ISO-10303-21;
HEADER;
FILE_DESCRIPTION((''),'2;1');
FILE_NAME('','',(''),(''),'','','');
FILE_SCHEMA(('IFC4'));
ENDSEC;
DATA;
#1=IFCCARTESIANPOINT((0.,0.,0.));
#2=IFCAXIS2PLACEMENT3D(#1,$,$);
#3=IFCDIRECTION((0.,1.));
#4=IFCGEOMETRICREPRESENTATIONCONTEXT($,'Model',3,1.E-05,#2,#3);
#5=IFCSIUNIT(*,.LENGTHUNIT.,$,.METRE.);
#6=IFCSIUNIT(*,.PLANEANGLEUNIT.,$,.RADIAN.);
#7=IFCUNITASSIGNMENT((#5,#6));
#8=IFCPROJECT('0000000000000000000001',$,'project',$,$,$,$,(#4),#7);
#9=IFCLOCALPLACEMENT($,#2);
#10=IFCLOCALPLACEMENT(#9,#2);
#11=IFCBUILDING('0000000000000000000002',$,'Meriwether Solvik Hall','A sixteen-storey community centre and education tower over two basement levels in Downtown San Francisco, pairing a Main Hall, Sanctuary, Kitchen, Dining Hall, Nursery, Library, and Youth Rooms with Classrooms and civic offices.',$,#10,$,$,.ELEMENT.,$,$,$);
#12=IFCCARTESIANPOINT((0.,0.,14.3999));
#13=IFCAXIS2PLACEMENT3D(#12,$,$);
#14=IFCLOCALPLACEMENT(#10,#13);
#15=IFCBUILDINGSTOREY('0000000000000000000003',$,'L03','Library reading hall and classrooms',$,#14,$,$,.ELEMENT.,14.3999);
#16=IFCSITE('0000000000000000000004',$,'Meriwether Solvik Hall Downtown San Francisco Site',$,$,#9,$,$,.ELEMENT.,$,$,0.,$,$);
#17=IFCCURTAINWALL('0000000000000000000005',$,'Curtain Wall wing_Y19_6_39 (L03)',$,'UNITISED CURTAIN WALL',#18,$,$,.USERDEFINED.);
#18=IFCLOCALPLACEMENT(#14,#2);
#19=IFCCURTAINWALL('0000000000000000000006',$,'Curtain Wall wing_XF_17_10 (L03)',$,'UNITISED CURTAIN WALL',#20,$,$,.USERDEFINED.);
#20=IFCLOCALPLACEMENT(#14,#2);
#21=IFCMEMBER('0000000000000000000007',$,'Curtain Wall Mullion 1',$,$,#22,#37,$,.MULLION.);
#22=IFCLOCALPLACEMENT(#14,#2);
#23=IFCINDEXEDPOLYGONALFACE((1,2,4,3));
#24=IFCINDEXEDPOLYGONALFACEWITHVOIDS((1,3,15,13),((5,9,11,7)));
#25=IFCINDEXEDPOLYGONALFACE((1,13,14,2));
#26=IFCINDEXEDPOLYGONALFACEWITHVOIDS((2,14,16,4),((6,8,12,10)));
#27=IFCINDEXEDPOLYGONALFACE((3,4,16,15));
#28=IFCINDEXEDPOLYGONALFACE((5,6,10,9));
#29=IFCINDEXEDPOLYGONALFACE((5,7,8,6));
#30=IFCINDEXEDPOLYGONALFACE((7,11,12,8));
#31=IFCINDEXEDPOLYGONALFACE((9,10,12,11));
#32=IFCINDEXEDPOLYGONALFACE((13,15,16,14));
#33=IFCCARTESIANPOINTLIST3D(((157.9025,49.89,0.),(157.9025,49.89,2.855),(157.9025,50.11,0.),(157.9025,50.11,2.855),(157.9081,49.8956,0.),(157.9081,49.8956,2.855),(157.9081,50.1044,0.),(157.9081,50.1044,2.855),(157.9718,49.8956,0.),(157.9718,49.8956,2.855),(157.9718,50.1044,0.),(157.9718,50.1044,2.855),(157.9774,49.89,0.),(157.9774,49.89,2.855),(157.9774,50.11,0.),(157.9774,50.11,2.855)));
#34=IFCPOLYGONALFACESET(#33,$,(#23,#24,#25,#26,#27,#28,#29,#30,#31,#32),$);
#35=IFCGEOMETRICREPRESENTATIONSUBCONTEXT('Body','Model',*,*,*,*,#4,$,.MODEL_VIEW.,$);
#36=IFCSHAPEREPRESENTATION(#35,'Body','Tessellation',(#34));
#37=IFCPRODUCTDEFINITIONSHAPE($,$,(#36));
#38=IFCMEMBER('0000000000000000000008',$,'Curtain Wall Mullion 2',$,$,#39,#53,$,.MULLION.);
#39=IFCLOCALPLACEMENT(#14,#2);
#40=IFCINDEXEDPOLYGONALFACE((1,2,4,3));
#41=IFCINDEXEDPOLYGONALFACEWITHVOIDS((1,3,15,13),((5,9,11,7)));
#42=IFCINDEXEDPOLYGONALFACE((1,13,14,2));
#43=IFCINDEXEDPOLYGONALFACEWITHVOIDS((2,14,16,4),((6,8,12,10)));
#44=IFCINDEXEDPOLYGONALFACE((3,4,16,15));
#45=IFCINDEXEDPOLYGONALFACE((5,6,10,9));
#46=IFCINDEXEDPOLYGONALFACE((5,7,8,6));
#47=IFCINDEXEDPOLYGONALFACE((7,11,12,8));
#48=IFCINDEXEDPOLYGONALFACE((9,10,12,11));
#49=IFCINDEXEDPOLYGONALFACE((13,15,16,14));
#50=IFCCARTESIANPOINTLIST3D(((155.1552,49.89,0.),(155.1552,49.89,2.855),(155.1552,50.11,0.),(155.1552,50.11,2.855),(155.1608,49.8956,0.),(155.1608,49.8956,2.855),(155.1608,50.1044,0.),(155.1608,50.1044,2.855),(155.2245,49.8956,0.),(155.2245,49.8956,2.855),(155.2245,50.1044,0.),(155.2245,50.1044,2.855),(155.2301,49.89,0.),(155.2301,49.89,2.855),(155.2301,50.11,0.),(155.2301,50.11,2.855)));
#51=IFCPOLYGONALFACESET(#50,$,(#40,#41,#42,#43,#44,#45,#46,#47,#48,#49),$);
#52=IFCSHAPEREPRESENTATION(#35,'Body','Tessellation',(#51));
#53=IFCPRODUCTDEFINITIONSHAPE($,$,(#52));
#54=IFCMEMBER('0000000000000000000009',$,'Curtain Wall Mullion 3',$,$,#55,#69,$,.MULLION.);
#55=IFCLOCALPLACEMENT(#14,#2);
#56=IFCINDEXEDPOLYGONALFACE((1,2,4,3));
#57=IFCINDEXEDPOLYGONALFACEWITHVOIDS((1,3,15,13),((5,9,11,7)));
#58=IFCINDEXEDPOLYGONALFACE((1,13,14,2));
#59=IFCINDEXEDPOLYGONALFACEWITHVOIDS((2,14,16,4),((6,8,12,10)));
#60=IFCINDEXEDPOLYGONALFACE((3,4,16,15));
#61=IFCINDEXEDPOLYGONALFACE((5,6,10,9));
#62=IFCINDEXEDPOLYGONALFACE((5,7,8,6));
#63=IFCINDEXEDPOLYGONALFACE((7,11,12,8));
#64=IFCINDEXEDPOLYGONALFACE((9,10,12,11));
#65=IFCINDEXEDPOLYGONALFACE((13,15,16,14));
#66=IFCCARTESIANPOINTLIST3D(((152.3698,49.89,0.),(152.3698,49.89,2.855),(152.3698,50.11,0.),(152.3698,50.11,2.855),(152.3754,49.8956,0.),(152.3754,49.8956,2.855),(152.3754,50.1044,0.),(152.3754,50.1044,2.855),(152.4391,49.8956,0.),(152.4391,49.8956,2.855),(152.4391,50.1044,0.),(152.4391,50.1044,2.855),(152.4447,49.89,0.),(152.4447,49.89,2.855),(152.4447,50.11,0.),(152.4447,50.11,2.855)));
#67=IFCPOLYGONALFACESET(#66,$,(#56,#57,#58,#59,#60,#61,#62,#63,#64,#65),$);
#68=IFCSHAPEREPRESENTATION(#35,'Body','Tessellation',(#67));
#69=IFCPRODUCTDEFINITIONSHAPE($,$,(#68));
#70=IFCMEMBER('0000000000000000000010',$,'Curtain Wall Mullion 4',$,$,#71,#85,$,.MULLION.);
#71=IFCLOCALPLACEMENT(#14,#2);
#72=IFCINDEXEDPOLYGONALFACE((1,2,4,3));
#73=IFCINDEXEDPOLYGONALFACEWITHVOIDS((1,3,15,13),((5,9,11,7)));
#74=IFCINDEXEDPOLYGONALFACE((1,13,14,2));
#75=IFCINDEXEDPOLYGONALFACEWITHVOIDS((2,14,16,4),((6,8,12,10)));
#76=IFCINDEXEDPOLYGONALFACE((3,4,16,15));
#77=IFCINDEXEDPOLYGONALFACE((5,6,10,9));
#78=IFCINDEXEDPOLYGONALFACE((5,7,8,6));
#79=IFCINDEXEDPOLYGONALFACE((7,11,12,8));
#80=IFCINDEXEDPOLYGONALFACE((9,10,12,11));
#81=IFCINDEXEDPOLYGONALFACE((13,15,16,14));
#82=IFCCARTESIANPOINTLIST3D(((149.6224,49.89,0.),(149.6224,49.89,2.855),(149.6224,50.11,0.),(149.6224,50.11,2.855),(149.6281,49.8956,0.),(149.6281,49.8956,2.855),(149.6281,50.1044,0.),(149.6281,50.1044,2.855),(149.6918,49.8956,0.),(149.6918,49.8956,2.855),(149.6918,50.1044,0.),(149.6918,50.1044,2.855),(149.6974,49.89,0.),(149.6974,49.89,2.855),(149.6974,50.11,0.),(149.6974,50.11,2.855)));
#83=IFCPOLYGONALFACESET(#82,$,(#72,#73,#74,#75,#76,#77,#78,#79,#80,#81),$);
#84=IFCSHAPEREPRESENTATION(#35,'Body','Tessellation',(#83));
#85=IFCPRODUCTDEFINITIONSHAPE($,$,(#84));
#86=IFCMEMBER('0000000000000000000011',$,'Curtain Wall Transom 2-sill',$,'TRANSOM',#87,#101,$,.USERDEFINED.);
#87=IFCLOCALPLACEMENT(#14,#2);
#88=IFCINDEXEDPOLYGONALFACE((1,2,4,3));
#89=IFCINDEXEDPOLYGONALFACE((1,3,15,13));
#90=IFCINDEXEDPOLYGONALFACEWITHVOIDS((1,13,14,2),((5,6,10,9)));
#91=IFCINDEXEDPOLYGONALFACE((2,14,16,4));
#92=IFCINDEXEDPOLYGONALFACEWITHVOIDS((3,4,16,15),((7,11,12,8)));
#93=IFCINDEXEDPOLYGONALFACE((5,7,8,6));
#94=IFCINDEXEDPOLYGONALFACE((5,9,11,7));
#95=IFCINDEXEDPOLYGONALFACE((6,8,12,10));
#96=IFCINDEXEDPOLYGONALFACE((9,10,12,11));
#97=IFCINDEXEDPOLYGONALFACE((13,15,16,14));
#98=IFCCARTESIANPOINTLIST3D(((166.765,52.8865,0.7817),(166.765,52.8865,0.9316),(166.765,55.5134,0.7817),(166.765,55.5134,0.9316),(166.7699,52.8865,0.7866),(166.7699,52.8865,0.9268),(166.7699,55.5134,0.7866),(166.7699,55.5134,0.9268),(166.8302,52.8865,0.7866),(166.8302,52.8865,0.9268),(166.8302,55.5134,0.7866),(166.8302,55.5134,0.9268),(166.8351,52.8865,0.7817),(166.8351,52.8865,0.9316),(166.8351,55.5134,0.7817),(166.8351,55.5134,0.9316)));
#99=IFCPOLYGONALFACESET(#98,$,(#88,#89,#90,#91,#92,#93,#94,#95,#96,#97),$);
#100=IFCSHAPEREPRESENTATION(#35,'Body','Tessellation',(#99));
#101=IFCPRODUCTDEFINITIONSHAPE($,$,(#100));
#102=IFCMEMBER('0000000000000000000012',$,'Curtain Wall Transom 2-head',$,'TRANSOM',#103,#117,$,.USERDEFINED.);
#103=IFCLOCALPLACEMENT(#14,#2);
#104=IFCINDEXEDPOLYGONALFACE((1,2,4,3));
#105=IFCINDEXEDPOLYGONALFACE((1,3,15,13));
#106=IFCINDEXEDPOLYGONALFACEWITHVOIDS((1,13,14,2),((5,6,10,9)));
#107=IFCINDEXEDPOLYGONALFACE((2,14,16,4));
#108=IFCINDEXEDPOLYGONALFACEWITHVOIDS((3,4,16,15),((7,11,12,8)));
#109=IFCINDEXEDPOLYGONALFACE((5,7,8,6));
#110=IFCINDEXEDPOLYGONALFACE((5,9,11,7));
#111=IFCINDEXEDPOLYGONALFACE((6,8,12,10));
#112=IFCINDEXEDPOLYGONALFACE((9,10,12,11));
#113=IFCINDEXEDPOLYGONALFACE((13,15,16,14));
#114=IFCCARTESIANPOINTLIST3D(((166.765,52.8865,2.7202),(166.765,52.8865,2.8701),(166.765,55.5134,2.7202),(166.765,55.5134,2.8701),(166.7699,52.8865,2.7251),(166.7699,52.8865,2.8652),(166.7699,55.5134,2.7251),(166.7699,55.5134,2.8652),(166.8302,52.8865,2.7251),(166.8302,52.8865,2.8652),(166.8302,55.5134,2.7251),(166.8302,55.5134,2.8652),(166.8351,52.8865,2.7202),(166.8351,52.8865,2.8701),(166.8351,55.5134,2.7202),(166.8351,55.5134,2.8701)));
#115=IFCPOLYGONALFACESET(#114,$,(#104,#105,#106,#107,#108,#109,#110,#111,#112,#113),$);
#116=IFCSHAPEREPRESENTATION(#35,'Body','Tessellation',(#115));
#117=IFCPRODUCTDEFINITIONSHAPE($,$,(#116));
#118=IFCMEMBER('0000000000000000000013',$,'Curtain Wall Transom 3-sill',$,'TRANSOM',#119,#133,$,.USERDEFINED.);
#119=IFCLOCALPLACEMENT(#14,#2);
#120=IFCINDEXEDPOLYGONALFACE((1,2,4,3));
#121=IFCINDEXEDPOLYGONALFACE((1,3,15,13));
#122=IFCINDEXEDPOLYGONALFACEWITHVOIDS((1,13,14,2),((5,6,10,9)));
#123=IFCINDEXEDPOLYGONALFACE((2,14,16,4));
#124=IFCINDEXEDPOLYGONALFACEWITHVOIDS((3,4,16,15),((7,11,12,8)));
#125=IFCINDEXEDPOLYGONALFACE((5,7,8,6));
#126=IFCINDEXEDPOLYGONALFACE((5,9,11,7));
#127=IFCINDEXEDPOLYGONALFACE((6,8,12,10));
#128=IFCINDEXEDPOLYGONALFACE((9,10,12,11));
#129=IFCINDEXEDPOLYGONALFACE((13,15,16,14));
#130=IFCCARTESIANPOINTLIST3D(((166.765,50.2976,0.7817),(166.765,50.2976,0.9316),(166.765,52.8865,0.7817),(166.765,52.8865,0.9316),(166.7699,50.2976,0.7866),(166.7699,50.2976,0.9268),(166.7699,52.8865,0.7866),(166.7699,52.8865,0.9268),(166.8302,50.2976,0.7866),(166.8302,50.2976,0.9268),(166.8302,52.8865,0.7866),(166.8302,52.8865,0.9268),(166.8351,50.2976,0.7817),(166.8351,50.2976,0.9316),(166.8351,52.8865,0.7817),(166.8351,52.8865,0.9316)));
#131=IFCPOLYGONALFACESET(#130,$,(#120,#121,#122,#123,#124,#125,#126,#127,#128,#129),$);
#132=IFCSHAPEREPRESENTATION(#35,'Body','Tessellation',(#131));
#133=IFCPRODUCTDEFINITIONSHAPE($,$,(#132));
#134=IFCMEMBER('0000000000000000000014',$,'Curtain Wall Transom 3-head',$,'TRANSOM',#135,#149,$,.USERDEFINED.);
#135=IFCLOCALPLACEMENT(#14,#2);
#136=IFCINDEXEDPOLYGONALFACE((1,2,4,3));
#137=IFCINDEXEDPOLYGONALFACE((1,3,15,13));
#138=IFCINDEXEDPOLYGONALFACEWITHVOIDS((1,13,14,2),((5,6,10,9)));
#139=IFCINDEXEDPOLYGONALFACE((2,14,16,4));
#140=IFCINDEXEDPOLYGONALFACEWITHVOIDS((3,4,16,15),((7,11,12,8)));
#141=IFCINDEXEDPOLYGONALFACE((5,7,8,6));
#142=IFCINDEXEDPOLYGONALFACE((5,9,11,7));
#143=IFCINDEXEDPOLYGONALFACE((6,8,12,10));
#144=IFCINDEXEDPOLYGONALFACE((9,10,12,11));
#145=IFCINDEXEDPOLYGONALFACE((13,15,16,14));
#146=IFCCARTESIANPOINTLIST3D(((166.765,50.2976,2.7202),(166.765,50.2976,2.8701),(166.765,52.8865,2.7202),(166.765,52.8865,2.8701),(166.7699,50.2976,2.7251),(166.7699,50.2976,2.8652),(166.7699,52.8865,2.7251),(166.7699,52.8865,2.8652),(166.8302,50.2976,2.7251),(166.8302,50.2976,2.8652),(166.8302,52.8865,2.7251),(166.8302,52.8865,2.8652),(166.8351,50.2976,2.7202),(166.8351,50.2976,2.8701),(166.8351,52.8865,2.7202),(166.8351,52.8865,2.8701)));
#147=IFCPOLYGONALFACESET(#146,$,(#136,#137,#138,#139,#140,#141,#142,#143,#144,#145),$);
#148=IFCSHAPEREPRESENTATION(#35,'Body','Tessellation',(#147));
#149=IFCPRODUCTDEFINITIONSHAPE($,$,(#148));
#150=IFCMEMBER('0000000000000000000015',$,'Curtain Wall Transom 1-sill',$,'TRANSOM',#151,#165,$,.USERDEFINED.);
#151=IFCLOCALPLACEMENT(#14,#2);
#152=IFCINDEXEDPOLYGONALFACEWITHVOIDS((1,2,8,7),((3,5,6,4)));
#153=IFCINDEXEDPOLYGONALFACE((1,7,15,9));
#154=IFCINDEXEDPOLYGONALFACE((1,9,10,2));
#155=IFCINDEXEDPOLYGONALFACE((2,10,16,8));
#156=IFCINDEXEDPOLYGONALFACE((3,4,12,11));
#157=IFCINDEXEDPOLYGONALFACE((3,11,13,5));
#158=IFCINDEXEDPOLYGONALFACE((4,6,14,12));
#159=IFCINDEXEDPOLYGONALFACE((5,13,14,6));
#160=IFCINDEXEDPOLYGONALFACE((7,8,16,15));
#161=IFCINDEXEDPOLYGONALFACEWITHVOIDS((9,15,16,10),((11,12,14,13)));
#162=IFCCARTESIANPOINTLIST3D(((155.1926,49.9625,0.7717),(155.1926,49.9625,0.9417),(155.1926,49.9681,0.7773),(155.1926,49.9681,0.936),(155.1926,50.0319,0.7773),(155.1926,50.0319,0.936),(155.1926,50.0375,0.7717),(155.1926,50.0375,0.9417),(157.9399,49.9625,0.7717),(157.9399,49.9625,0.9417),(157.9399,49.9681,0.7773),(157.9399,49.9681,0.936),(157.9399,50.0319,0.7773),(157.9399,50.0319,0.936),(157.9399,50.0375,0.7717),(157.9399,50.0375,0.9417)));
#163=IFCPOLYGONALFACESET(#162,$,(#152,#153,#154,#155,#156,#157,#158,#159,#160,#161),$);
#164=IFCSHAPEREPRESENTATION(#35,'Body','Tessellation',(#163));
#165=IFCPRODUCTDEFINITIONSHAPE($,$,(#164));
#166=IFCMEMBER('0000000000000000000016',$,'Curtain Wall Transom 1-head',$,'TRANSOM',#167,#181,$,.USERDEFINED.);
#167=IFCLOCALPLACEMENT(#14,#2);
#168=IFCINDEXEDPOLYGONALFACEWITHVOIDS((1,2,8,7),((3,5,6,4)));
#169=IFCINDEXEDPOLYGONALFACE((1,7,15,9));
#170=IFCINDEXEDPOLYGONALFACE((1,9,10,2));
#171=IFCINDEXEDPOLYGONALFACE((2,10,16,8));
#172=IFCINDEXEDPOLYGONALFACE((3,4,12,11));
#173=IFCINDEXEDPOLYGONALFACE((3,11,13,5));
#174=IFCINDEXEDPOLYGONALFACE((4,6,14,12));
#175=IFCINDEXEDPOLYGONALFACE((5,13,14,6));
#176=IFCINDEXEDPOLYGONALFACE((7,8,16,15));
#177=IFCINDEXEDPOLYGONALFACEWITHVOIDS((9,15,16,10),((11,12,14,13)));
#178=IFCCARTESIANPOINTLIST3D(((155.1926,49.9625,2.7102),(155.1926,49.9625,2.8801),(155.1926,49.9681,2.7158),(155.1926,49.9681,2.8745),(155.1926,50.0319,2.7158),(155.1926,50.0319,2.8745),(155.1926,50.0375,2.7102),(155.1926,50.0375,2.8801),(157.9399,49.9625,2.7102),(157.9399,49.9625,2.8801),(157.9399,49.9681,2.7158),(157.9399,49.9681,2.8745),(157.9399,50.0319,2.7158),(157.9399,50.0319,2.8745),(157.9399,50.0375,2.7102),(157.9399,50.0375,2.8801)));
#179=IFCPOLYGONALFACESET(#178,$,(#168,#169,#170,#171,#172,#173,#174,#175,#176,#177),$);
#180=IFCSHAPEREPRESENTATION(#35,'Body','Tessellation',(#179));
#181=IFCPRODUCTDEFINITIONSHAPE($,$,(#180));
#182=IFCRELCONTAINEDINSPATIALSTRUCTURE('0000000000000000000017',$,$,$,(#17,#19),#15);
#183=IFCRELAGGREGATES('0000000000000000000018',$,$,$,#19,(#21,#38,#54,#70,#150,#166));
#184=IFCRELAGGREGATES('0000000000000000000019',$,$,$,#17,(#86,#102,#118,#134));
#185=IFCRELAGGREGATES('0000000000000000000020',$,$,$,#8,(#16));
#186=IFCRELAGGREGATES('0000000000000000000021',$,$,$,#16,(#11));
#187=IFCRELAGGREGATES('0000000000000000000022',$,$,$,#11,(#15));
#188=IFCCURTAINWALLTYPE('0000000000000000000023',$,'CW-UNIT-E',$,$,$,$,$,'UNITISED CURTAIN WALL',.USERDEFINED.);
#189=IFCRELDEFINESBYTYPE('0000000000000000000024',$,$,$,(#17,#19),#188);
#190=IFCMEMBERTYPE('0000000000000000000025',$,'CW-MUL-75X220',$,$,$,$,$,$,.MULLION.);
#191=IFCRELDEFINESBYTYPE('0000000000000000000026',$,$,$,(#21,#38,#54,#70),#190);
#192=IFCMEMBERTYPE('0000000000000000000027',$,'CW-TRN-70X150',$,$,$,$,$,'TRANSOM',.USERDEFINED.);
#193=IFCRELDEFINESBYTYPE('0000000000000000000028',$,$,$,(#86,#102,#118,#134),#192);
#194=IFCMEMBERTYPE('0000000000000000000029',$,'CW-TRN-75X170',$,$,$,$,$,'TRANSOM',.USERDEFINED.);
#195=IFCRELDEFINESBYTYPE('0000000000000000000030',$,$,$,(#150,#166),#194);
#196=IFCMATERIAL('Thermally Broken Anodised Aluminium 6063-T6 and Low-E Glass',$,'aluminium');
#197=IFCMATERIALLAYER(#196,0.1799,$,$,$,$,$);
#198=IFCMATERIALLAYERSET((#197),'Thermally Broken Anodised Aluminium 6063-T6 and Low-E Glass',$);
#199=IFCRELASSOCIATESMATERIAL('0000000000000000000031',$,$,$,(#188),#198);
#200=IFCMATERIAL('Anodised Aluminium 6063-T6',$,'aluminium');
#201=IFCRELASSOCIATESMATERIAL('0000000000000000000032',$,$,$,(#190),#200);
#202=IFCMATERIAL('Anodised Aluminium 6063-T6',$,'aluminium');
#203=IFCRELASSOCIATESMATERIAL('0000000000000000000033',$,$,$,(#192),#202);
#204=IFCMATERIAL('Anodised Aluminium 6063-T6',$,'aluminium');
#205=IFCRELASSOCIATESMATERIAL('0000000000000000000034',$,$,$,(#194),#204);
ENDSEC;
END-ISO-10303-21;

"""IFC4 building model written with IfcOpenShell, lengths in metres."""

from ifc_helpers import new_model, si_unit, direction, frame, origin, origin_2d, place, context, subcontext, project, spatial, hollow_rectangle, extrude, material, layer, layer_set, material_profile, profile_set, type_object, element, aggregate, save


model = new_model("IFC4")

# Units and contexts
model_context = context("Model", 3, precision=1e-05, world=origin(), true_north=direction((0.0, 1.0)))
body_context = subcontext(model_context, "Body", "Model", "MODEL_VIEW")
ifc_project = project(units=[si_unit("LENGTHUNIT", "METRE"), si_unit("PLANEANGLEUNIT", "RADIAN")], contexts=[model_context])

# Site, building, storey
site_placement = place(None, origin())
site = spatial("IfcSite", under=ifc_project, at=site_placement, Name="Meriwether Solvik Hall Downtown San Francisco Site", CompositionType="ELEMENT", RefElevation=0.0)
building_placement = place(site_placement, origin())
building = spatial("IfcBuilding", under=site, at=building_placement, Name="Meriwether Solvik Hall", Description="A sixteen-storey community centre and education tower over two basement levels in Downtown San Francisco, pairing a Main Hall, Sanctuary, Kitchen, Dining Hall, Nursery, Library, and Youth Rooms with Classrooms and civic offices.", CompositionType="ELEMENT")
storey_placement = place(building_placement, frame((0.0, 0.0, 14.3999)))
storey = spatial("IfcBuildingStorey", under=building, at=storey_placement, Name="L03", Description="Library reading hall and classrooms", CompositionType="ELEMENT", Elevation=14.3999)

# Curtain walls, members
ifc_material_1 = material(Name="Thermally Broken Anodised Aluminium 6063-T6 and Low-E Glass", Category="aluminium")
ifc_layer_1 = layer(ifc_material_1, 0.1799)
ifc_layer_set_1 = layer_set([ifc_layer_1], Name="Thermally Broken Anodised Aluminium 6063-T6 and Low-E Glass")
curtain_wall_type = type_object("IfcCurtainWallType", Name="CW-UNIT-E", ElementType="UNITISED CURTAIN WALL", PredefinedType="USERDEFINED", material=ifc_layer_set_1)
curtain_wall_1_placement = place(storey_placement, origin())
curtain_wall_1 = element("IfcCurtainWall", 1, at=curtain_wall_1_placement, inside=storey, type_object=curtain_wall_type, Name="Curtain Wall wing_Y19_6_39 (L03)", ObjectType="UNITISED CURTAIN WALL", PredefinedType="USERDEFINED")
curtain_wall_2_placement = place(storey_placement, origin())
curtain_wall_2 = element("IfcCurtainWall", 2, at=curtain_wall_2_placement, inside=storey, type_object=curtain_wall_type, Name="Curtain Wall wing_XF_17_10 (L03)", ObjectType="UNITISED CURTAIN WALL", PredefinedType="USERDEFINED")
ifc_material_2 = material(Name="Anodised Aluminium 6063-T6", Category="aluminium")
ifc_material_profile_1 = material_profile(ifc_material_2, hollow_rectangle(XDim=0.075, YDim=0.22, WallThickness=0.0056, at=origin_2d()), Name="CWM-75X220")
ifc_profile_set_1 = profile_set([ifc_material_profile_1], Name="Anodised Aluminium 6063-T6")
member_type_1 = type_object("IfcMemberType", Name="CW-MUL-75X220", PredefinedType="MULLION", material=ifc_profile_set_1)
member_1_placement = place(storey_placement, frame((157.9399, 50.0, 0.0), z_axis=(0.0, 0.0, 1.0), x_axis=(-1.0, 0.0, 0.0)))
member_1 = element("IfcMember", 3, at=member_1_placement, type_object=member_type_1, Name="Curtain Wall Mullion 1", PredefinedType="MULLION", context=body_context, shape_type="SweptSolid", body=[
    extrude(hollow_rectangle(XDim=0.075, YDim=0.22, WallThickness=0.0056, at=origin_2d()), origin(), (0.0, 0.0, 1.0), 2.855),
])
member_2_placement = place(storey_placement, frame((155.1926, 50.0, 0.0), z_axis=(0.0, 0.0, 1.0), x_axis=(-1.0, 0.0, 0.0)))
member_2 = element("IfcMember", 4, at=member_2_placement, type_object=member_type_1, Name="Curtain Wall Mullion 2", PredefinedType="MULLION", context=body_context, shape_type="SweptSolid", body=[
    extrude(hollow_rectangle(XDim=0.075, YDim=0.22, WallThickness=0.0056, at=origin_2d()), origin(), (0.0, 0.0, 1.0), 2.855),
])
member_3_placement = place(storey_placement, frame((152.4072, 50.0, 0.0), z_axis=(0.0, 0.0, 1.0), x_axis=(-1.0, 0.0, 0.0)))
member_3 = element("IfcMember", 5, at=member_3_placement, type_object=member_type_1, Name="Curtain Wall Mullion 3", PredefinedType="MULLION", context=body_context, shape_type="SweptSolid", body=[
    extrude(hollow_rectangle(XDim=0.075, YDim=0.22, WallThickness=0.0056, at=origin_2d()), origin(), (0.0, 0.0, 1.0), 2.855),
])
member_4_placement = place(storey_placement, frame((149.6599, 50.0, 0.0), z_axis=(0.0, 0.0, 1.0), x_axis=(-1.0, 0.0, 0.0)))
member_4 = element("IfcMember", 6, at=member_4_placement, type_object=member_type_1, Name="Curtain Wall Mullion 4", PredefinedType="MULLION", context=body_context, shape_type="SweptSolid", body=[
    extrude(hollow_rectangle(XDim=0.075, YDim=0.22, WallThickness=0.0056, at=origin_2d()), origin(), (0.0, 0.0, 1.0), 2.855),
])

# Members
ifc_material_3 = material(Name="Anodised Aluminium 6063-T6", Category="aluminium")
ifc_material_profile_2 = material_profile(ifc_material_3, hollow_rectangle(XDim=0.0701, YDim=0.1499, WallThickness=0.0049, at=origin_2d()), Name="CWT-70X150")
ifc_profile_set_2 = profile_set([ifc_material_profile_2], Name="Anodised Aluminium 6063-T6")
member_type_2 = type_object("IfcMemberType", Name="CW-TRN-70X150", ElementType="TRANSOM", PredefinedType="USERDEFINED", material=ifc_profile_set_2)
member_5_placement = place(storey_placement, frame((166.8, 55.5134, 0.8567), z_axis=(0.0, -1.0, 0.0), x_axis=(1.0, 0.0, 0.0)))
member_5 = element("IfcMember", 7, at=member_5_placement, type_object=member_type_2, Name="Curtain Wall Transom 2-sill", ObjectType="TRANSOM", PredefinedType="USERDEFINED", context=body_context, shape_type="SweptSolid", body=[
    extrude(hollow_rectangle(XDim=0.0701, YDim=0.1499, WallThickness=0.0049, at=origin_2d()), origin(), (0.0, 0.0, 1.0), 2.627),
])
member_6_placement = place(storey_placement, frame((166.8, 55.5134, 2.7952), z_axis=(0.0, -1.0, 0.0), x_axis=(1.0, 0.0, 0.0)))
member_6 = element("IfcMember", 8, at=member_6_placement, type_object=member_type_2, Name="Curtain Wall Transom 2-head", ObjectType="TRANSOM", PredefinedType="USERDEFINED", context=body_context, shape_type="SweptSolid", body=[
    extrude(hollow_rectangle(XDim=0.0701, YDim=0.1499, WallThickness=0.0049, at=origin_2d()), origin(), (0.0, 0.0, 1.0), 2.627),
])
member_7_placement = place(storey_placement, frame((166.8, 52.8865, 0.8567), z_axis=(0.0, -1.0, 0.0), x_axis=(1.0, 0.0, 0.0)))
member_7 = element("IfcMember", 9, at=member_7_placement, type_object=member_type_2, Name="Curtain Wall Transom 3-sill", ObjectType="TRANSOM", PredefinedType="USERDEFINED", context=body_context, shape_type="SweptSolid", body=[
    extrude(hollow_rectangle(XDim=0.0701, YDim=0.1499, WallThickness=0.0049, at=origin_2d()), origin(), (0.0, 0.0, 1.0), 2.5889),
])
member_8_placement = place(storey_placement, frame((166.8, 52.8865, 2.7952), z_axis=(0.0, -1.0, 0.0), x_axis=(1.0, 0.0, 0.0)))
member_8 = element("IfcMember", 10, at=member_8_placement, type_object=member_type_2, Name="Curtain Wall Transom 3-head", ObjectType="TRANSOM", PredefinedType="USERDEFINED", context=body_context, shape_type="SweptSolid", body=[
    extrude(hollow_rectangle(XDim=0.0701, YDim=0.1499, WallThickness=0.0049, at=origin_2d()), origin(), (0.0, 0.0, 1.0), 2.5889),
])
ifc_material_4 = material(Name="Anodised Aluminium 6063-T6", Category="aluminium")
ifc_material_profile_3 = material_profile(ifc_material_4, hollow_rectangle(XDim=0.075, YDim=0.1699, WallThickness=0.0056, at=origin_2d()), Name="CWT-75X170")
ifc_profile_set_3 = profile_set([ifc_material_profile_3], Name="Anodised Aluminium 6063-T6")
member_type_3 = type_object("IfcMemberType", Name="CW-TRN-75X170", ElementType="TRANSOM", PredefinedType="USERDEFINED", material=ifc_profile_set_3)
member_9_placement = place(storey_placement, frame((157.9399, 50.0, 0.8567), z_axis=(-1.0, 0.0, 0.0), x_axis=(0.0, -1.0, 0.0)))
member_9 = element("IfcMember", 11, at=member_9_placement, type_object=member_type_3, Name="Curtain Wall Transom 1-sill", ObjectType="TRANSOM", PredefinedType="USERDEFINED", context=body_context, shape_type="SweptSolid", body=[
    extrude(hollow_rectangle(XDim=0.075, YDim=0.1699, WallThickness=0.0056, at=origin_2d()), origin(), (0.0, 0.0, 1.0), 2.7473),
])
member_10_placement = place(storey_placement, frame((157.9399, 50.0, 2.7952), z_axis=(-1.0, 0.0, 0.0), x_axis=(0.0, -1.0, 0.0)))
member_10 = element("IfcMember", 12, at=member_10_placement, type_object=member_type_3, Name="Curtain Wall Transom 1-head", ObjectType="TRANSOM", PredefinedType="USERDEFINED", context=body_context, shape_type="SweptSolid", body=[
    extrude(hollow_rectangle(XDim=0.075, YDim=0.1699, WallThickness=0.0056, at=origin_2d()), origin(), (0.0, 0.0, 1.0), 2.7473),
])

aggregate(curtain_wall_2, [member_1, member_2, member_3, member_4, member_9, member_10])
aggregate(curtain_wall_1, [member_5, member_6, member_7, member_8])

save(model, "model.ifc")
